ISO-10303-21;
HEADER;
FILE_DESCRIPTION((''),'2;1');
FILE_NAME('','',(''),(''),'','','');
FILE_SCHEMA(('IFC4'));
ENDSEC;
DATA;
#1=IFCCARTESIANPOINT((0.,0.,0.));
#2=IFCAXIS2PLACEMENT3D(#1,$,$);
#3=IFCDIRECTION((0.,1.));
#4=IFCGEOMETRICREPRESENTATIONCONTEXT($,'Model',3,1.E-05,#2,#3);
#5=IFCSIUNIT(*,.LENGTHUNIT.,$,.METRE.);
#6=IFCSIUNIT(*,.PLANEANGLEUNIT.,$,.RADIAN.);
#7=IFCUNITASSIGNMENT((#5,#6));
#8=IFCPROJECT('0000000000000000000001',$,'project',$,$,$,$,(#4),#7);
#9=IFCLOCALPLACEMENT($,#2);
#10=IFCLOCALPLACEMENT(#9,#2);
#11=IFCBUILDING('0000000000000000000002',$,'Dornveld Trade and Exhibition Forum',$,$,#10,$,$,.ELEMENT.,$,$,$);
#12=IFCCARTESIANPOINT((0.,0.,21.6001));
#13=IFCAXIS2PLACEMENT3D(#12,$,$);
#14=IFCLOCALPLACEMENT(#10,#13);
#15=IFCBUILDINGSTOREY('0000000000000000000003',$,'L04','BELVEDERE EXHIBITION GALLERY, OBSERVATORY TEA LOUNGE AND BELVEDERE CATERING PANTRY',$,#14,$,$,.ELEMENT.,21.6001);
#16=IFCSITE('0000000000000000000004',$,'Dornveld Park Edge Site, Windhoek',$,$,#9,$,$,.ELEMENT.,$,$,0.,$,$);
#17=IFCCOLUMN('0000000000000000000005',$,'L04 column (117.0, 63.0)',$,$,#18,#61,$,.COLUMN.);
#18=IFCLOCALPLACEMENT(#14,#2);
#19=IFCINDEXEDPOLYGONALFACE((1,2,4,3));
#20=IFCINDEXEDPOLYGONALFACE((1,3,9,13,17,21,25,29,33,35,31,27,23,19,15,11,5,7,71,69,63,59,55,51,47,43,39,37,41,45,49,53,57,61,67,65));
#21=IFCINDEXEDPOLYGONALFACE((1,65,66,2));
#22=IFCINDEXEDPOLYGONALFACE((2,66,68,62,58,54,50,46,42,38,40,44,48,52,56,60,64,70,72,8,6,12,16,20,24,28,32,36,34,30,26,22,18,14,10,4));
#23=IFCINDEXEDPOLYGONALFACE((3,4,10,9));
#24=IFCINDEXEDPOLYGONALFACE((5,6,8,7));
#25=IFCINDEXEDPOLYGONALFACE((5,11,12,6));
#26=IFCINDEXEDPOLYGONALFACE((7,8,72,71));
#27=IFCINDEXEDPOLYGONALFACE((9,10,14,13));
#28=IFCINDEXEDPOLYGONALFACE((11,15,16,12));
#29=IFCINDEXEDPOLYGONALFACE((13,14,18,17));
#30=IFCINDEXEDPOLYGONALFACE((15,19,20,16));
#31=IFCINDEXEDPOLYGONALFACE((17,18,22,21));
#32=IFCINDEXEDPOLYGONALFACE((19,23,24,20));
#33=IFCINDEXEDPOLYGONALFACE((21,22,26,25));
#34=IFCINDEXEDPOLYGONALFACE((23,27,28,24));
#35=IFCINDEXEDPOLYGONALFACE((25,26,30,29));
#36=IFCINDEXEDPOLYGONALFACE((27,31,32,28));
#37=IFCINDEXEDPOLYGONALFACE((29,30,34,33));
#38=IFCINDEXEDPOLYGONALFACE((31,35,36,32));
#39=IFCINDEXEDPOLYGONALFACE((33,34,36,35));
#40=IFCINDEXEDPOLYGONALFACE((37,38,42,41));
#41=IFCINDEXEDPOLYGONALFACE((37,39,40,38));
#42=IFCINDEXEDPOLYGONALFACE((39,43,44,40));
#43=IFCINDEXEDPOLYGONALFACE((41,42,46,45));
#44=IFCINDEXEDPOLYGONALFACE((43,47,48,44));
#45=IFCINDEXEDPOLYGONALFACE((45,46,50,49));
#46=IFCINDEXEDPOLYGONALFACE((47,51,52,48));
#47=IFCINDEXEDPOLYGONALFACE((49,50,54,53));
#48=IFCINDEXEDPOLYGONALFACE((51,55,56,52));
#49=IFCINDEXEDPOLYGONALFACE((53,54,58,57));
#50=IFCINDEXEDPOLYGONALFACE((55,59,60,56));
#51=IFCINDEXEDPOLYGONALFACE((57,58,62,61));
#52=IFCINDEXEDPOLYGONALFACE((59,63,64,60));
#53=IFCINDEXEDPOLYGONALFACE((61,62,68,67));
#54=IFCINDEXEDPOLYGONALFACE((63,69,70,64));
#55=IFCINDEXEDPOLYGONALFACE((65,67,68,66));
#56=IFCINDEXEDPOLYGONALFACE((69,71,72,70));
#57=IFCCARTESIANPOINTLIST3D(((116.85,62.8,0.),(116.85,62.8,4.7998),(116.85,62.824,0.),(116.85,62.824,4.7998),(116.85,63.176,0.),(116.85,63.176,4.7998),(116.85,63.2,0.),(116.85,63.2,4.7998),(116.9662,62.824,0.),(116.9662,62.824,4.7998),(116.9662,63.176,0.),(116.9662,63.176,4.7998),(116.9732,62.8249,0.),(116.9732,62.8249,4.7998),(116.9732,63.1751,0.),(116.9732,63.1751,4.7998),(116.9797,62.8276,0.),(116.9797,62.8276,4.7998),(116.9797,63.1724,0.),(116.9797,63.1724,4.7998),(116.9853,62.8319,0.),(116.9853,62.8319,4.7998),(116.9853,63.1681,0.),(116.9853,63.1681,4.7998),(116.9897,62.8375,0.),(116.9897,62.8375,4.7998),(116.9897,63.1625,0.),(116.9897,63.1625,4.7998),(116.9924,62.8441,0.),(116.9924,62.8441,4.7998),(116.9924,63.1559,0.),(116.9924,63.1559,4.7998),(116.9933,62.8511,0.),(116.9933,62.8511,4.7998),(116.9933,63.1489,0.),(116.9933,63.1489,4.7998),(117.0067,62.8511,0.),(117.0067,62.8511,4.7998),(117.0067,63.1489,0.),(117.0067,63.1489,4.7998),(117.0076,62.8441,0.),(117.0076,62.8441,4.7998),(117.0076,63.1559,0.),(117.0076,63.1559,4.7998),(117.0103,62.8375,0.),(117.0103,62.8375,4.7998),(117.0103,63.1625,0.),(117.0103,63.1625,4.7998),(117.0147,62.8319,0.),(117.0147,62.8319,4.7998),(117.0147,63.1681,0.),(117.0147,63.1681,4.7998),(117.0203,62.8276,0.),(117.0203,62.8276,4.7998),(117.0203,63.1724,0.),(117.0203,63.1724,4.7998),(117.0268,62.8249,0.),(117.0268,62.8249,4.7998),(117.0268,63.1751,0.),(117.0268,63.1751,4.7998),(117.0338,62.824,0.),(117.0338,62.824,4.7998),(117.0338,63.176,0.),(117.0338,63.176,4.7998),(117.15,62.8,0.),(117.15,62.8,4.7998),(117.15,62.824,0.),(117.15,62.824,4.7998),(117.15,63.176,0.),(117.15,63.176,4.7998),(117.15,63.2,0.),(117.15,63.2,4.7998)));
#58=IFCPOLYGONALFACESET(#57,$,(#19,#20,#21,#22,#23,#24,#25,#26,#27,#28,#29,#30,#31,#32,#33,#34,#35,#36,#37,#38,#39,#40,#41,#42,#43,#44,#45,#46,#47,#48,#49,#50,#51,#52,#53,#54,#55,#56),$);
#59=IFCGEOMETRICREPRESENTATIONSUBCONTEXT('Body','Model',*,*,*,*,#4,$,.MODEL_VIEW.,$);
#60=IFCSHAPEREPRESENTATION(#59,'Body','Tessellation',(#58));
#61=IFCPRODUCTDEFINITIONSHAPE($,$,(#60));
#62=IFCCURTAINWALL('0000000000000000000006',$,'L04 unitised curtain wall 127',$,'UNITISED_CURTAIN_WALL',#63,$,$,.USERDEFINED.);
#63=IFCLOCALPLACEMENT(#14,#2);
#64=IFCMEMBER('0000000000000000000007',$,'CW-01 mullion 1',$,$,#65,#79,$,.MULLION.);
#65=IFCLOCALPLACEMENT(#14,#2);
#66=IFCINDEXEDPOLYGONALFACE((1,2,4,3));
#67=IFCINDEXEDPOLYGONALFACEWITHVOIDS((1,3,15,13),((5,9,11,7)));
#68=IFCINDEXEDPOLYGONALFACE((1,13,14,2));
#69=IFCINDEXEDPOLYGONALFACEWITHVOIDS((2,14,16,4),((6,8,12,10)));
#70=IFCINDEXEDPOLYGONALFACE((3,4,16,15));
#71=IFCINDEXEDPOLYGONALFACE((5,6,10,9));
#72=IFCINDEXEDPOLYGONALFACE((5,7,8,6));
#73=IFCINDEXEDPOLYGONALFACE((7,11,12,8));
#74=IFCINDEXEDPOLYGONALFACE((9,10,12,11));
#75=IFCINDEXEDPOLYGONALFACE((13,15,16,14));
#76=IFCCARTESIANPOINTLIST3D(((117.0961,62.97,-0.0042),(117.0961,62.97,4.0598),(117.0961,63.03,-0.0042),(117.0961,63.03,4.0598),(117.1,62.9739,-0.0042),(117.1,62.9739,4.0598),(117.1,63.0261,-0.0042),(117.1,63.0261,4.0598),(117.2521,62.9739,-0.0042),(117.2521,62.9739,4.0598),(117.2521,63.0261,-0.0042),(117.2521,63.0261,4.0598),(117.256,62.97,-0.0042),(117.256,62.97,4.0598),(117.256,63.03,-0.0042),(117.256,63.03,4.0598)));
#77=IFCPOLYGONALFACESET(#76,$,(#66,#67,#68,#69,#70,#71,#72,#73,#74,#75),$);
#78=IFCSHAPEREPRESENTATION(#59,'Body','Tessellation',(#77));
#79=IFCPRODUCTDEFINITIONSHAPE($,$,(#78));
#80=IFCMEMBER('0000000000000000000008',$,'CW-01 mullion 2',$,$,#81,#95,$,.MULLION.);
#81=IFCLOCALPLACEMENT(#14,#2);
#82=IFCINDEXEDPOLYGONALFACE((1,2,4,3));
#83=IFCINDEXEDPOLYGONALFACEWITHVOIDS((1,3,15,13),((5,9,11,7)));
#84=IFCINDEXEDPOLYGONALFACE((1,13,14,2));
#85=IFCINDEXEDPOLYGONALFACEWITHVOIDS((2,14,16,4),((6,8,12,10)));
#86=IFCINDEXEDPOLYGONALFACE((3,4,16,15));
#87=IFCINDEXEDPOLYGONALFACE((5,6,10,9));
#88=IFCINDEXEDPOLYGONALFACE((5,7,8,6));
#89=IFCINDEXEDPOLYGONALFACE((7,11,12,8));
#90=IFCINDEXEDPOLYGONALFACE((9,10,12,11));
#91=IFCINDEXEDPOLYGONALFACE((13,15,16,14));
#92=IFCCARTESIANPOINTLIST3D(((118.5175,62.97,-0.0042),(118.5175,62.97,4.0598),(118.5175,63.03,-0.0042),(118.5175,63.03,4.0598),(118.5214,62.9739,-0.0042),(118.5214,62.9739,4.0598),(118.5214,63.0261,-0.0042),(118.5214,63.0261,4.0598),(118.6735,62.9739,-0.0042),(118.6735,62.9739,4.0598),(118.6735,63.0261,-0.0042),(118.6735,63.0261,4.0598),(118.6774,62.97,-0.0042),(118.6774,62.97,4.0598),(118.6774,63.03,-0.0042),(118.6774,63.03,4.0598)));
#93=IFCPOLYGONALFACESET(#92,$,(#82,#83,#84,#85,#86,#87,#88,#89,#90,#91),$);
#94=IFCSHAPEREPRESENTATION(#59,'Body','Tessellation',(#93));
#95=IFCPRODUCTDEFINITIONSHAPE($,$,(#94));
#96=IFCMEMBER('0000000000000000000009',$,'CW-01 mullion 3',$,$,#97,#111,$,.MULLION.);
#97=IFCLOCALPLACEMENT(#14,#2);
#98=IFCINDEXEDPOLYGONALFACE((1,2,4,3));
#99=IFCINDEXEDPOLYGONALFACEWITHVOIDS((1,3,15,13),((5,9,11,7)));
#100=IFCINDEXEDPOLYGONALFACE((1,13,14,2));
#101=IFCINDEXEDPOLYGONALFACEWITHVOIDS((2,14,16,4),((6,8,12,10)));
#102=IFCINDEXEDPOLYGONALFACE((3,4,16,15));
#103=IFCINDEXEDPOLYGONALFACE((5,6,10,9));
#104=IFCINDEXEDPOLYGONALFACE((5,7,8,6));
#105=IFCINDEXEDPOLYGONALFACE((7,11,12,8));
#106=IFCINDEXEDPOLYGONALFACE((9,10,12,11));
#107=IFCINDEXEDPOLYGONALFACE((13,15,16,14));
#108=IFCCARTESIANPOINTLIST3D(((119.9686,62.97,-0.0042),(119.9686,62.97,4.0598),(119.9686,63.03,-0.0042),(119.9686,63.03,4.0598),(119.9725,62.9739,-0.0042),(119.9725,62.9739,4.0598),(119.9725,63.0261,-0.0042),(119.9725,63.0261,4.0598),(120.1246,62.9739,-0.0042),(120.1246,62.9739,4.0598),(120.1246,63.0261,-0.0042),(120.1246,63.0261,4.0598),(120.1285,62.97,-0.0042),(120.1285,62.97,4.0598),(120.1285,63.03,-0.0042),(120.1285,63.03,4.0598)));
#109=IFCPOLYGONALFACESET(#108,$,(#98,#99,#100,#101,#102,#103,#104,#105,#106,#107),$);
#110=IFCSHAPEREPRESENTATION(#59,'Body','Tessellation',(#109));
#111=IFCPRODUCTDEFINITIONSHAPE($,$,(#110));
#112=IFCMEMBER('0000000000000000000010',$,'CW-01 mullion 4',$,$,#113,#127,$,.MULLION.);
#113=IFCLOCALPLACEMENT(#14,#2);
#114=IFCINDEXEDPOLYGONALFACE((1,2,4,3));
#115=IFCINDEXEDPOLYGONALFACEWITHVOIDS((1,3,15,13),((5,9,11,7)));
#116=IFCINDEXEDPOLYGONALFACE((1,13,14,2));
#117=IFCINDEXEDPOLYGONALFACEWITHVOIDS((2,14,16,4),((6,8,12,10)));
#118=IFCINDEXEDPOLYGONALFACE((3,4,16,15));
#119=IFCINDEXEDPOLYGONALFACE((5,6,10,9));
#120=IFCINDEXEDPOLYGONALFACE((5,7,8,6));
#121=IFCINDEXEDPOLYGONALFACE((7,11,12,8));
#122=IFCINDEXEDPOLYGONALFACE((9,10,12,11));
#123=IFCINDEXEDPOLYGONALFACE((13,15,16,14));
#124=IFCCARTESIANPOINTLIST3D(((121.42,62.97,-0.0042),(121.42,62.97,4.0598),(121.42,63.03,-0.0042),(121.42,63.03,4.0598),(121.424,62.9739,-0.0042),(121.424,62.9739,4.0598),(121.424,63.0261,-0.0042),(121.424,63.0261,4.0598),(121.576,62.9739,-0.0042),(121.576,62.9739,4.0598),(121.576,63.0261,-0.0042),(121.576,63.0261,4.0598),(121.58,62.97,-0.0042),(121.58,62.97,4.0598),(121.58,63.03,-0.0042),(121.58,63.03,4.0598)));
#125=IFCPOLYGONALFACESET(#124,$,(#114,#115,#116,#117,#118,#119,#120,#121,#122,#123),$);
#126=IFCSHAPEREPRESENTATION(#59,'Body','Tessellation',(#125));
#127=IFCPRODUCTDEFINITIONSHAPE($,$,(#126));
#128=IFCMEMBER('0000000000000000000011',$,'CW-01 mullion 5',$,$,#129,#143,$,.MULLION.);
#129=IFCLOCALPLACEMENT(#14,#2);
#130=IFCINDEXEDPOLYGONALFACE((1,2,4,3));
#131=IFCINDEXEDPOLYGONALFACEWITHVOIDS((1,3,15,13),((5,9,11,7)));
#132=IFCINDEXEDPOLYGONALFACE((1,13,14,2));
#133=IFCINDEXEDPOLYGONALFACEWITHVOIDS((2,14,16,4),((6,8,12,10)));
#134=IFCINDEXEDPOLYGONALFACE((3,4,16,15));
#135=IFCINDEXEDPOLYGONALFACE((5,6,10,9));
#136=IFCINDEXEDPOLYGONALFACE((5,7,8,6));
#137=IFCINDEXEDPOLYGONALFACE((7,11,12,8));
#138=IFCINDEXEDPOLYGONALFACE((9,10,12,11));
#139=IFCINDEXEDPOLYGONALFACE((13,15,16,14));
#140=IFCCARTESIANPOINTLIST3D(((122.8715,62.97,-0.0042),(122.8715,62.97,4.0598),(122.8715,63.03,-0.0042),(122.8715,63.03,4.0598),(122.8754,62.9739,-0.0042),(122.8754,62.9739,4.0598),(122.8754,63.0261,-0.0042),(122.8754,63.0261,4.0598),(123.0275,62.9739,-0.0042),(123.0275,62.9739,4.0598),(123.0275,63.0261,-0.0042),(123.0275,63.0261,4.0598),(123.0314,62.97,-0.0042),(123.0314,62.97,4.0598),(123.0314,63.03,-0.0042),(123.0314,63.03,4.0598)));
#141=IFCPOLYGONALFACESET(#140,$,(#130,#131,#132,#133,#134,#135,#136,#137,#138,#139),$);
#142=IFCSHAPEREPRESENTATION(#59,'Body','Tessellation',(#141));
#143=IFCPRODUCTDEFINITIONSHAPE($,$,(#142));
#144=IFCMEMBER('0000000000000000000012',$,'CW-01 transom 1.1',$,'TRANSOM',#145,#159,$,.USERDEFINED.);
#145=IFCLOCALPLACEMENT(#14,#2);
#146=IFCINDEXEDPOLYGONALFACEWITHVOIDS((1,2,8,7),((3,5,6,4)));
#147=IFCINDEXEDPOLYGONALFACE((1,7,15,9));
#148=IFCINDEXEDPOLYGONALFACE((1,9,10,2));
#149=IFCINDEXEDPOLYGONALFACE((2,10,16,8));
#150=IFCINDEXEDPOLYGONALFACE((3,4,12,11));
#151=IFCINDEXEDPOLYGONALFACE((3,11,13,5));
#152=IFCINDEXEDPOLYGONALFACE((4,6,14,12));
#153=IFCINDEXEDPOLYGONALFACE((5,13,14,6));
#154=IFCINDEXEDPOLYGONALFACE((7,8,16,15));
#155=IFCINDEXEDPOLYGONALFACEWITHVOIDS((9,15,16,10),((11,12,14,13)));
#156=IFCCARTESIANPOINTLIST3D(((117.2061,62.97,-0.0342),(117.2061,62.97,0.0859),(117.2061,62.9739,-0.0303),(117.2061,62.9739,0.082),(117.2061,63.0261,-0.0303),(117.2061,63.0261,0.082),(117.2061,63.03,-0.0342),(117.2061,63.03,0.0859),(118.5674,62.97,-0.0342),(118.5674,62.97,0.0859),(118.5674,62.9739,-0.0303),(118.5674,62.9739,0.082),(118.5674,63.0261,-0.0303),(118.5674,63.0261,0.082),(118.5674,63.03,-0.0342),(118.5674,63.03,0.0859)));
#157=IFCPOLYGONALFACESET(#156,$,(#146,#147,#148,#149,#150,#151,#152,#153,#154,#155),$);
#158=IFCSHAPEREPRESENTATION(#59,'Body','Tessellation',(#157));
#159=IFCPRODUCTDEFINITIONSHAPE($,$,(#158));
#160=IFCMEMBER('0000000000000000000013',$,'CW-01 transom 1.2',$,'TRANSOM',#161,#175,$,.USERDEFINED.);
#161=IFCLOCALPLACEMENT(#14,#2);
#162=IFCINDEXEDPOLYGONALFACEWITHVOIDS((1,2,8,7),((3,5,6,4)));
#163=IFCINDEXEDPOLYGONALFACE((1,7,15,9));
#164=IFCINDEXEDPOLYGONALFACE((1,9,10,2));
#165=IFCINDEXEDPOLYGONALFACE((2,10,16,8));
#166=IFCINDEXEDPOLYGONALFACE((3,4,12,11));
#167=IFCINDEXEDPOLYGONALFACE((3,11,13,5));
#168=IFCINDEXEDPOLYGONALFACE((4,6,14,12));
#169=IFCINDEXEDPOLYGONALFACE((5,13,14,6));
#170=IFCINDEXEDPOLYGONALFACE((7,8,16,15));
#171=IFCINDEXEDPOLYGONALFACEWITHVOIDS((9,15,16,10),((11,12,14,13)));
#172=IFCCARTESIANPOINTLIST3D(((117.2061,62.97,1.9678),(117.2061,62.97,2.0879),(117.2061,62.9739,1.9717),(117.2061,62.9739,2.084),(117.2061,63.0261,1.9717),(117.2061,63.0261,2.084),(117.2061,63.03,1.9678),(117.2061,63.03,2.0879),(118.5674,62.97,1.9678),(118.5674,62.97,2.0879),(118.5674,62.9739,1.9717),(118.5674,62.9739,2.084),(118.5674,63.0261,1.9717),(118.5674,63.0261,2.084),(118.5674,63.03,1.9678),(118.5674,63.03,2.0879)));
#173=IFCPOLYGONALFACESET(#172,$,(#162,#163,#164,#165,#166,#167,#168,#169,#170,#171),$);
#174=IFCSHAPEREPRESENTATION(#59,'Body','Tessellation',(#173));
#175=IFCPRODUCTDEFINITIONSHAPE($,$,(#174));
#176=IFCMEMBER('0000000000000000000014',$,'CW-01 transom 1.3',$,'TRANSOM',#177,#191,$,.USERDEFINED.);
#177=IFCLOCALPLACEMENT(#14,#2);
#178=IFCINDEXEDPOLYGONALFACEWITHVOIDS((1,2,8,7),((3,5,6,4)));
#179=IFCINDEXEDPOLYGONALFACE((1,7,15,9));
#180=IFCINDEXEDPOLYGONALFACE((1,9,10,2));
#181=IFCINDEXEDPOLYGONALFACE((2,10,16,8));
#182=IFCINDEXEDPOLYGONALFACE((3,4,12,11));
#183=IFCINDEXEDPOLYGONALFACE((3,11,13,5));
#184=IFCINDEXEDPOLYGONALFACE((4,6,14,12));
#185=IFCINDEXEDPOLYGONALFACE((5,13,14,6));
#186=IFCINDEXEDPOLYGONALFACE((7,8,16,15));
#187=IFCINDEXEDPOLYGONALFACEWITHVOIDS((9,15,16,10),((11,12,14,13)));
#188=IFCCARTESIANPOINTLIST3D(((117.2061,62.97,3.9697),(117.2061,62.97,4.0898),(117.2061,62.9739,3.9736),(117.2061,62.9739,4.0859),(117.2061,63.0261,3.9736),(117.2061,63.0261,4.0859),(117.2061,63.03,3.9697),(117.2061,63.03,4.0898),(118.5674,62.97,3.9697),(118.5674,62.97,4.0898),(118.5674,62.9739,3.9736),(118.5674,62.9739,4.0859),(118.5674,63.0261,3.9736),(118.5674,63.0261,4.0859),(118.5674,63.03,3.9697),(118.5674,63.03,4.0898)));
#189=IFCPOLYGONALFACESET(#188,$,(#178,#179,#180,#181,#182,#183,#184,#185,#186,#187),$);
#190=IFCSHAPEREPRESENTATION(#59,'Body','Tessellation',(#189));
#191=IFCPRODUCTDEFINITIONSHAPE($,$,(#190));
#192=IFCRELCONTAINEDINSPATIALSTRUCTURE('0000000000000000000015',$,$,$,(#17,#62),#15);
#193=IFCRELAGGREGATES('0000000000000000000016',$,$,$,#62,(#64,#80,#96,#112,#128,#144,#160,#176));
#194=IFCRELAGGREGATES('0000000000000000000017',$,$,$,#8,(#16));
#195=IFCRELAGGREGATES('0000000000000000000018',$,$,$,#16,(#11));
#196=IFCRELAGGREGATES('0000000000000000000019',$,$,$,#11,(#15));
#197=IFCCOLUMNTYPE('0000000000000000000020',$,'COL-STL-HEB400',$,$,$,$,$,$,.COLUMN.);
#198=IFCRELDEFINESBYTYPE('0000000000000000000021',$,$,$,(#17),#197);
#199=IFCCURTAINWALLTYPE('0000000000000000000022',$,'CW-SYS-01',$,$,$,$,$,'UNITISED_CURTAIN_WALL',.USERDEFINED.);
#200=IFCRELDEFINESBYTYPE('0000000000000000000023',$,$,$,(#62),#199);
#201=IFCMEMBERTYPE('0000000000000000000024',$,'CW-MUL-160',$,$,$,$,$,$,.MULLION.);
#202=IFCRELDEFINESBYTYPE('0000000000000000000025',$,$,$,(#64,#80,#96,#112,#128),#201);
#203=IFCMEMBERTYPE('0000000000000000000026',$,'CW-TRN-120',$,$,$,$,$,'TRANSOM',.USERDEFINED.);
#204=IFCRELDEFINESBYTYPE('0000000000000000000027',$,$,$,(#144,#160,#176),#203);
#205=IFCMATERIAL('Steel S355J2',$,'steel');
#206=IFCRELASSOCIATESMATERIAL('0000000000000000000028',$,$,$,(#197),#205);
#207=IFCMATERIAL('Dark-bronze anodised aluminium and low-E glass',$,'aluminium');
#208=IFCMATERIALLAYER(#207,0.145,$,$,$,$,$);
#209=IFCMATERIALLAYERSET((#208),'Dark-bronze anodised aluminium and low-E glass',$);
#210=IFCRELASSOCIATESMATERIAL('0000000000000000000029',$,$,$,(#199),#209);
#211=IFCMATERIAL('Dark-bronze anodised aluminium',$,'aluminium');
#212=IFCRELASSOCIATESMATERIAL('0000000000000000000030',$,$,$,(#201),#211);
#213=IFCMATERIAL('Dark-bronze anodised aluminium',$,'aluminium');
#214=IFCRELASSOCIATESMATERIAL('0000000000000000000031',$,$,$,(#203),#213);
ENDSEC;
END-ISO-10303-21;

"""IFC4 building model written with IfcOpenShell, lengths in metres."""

from ifc_helpers import new_model, si_unit, direction, frame, origin, origin_2d, place, context, subcontext, project, spatial, hollow_rectangle, i_section, extrude, material, layer, layer_set, material_profile, profile_set, type_object, element, aggregate, save


model = new_model("IFC4")

# Units and contexts
model_context = context("Model", 3, precision=1e-05, world=origin(), true_north=direction((0.0, 1.0)))
body_context = subcontext(model_context, "Body", "Model", "MODEL_VIEW")
ifc_project = project(units=[si_unit("LENGTHUNIT", "METRE"), si_unit("PLANEANGLEUNIT", "RADIAN")], contexts=[model_context])

# Site, building, storey
site_placement = place(None, origin())
site = spatial("IfcSite", under=ifc_project, at=site_placement, Name="Dornveld Park Edge Site, Windhoek", CompositionType="ELEMENT", RefElevation=0.0)
building_placement = place(site_placement, origin())
building = spatial("IfcBuilding", under=site, at=building_placement, Name="Dornveld Trade and Exhibition Forum", CompositionType="ELEMENT")
storey_placement = place(building_placement, frame((0.0, 0.0, 21.6001)))
storey = spatial("IfcBuildingStorey", under=building, at=storey_placement, Name="L04", Description="BELVEDERE EXHIBITION GALLERY, OBSERVATORY TEA LOUNGE AND BELVEDERE CATERING PANTRY", CompositionType="ELEMENT", Elevation=21.6001)

# Column
ifc_material_1 = material(Name="Steel S355J2", Category="steel")
ifc_material_profile_1 = material_profile(ifc_material_1, i_section(OverallWidth=0.3, OverallDepth=0.3999, WebThickness=0.0134, FlangeThickness=0.0239, FilletRadius=0.0271, at=origin_2d()), Name="HEB 400")
ifc_profile_set_1 = profile_set([ifc_material_profile_1], Name="Steel S355J2")
column_type = type_object("IfcColumnType", Name="COL-STL-HEB400", PredefinedType="COLUMN", material=ifc_profile_set_1)
column_placement = place(storey_placement, frame((117.0, 63.0, 0.0), z_axis=(0.0, 0.0, 1.0), x_axis=(1.0, 0.0, 0.0)))
element("IfcColumn", 1, at=column_placement, inside=storey, type_object=column_type, Name="L04 column (117.0, 63.0)", PredefinedType="COLUMN", context=body_context, shape_type="SweptSolid", body=[
    extrude(i_section(OverallWidth=0.3, OverallDepth=0.3999, WebThickness=0.0134, FlangeThickness=0.0239, FilletRadius=0.0271, at=origin_2d()), origin(), (0.0, 0.0, 1.0), 4.7998),
])

# Curtain wall, members
ifc_material_2 = material(Name="Dark-bronze anodised aluminium and low-E glass", Category="aluminium")
ifc_layer_1 = layer(ifc_material_2, 0.145)
ifc_layer_set_1 = layer_set([ifc_layer_1], Name="Dark-bronze anodised aluminium and low-E glass")
curtain_wall_type = type_object("IfcCurtainWallType", Name="CW-SYS-01", ElementType="UNITISED_CURTAIN_WALL", PredefinedType="USERDEFINED", material=ifc_layer_set_1)
curtain_wall_placement = place(storey_placement, origin())
curtain_wall = element("IfcCurtainWall", 2, at=curtain_wall_placement, inside=storey, type_object=curtain_wall_type, Name="L04 unitised curtain wall 127", ObjectType="UNITISED_CURTAIN_WALL", PredefinedType="USERDEFINED")
ifc_material_3 = material(Name="Dark-bronze anodised aluminium", Category="aluminium")
ifc_material_profile_2 = material_profile(ifc_material_3, hollow_rectangle(XDim=0.0601, YDim=0.1599, WallThickness=0.0039, at=origin_2d()), Name="RHS 160x60x4")
ifc_profile_set_2 = profile_set([ifc_material_profile_2], Name="Dark-bronze anodised aluminium")
member_type_1 = type_object("IfcMemberType", Name="CW-MUL-160", PredefinedType="MULLION", material=ifc_profile_set_2)
member_1_placement = place(storey_placement, frame((117.176, 63.0, -0.0042), z_axis=(0.0, 0.0, 1.0), x_axis=(0.0, 1.0, 0.0)))
member_1 = element("IfcMember", 3, at=member_1_placement, type_object=member_type_1, Name="CW-01 mullion 1", PredefinedType="MULLION", context=body_context, shape_type="SweptSolid", body=[
    extrude(hollow_rectangle(XDim=0.0601, YDim=0.1599, WallThickness=0.0039, at=origin_2d()), origin(), (0.0, 0.0, 1.0), 4.064),
])
member_2_placement = place(storey_placement, frame((118.5974, 63.0, -0.0042), z_axis=(0.0, 0.0, 1.0), x_axis=(0.0, 1.0, 0.0)))
member_2 = element("IfcMember", 4, at=member_2_placement, type_object=member_type_1, Name="CW-01 mullion 2", PredefinedType="MULLION", context=body_context, shape_type="SweptSolid", body=[
    extrude(hollow_rectangle(XDim=0.0601, YDim=0.1599, WallThickness=0.0039, at=origin_2d()), origin(), (0.0, 0.0, 1.0), 4.064),
])
member_3_placement = place(storey_placement, frame((120.0486, 63.0, -0.0042), z_axis=(0.0, 0.0, 1.0), x_axis=(0.0, 1.0, 0.0)))
member_3 = element("IfcMember", 5, at=member_3_placement, type_object=member_type_1, Name="CW-01 mullion 3", PredefinedType="MULLION", context=body_context, shape_type="SweptSolid", body=[
    extrude(hollow_rectangle(XDim=0.0601, YDim=0.1599, WallThickness=0.0039, at=origin_2d()), origin(), (0.0, 0.0, 1.0), 4.064),
])
member_4_placement = place(storey_placement, frame((121.5, 63.0, -0.0042), z_axis=(0.0, 0.0, 1.0), x_axis=(0.0, 1.0, 0.0)))
member_4 = element("IfcMember", 6, at=member_4_placement, type_object=member_type_1, Name="CW-01 mullion 4", PredefinedType="MULLION", context=body_context, shape_type="SweptSolid", body=[
    extrude(hollow_rectangle(XDim=0.0601, YDim=0.1599, WallThickness=0.0039, at=origin_2d()), origin(), (0.0, 0.0, 1.0), 4.064),
])
member_5_placement = place(storey_placement, frame((122.9514, 63.0, -0.0042), z_axis=(0.0, 0.0, 1.0), x_axis=(0.0, 1.0, 0.0)))
member_5 = element("IfcMember", 7, at=member_5_placement, type_object=member_type_1, Name="CW-01 mullion 5", PredefinedType="MULLION", context=body_context, shape_type="SweptSolid", body=[
    extrude(hollow_rectangle(XDim=0.0601, YDim=0.1599, WallThickness=0.0039, at=origin_2d()), origin(), (0.0, 0.0, 1.0), 4.064),
])
ifc_material_4 = material(Name="Dark-bronze anodised aluminium", Category="aluminium")
ifc_material_profile_3 = material_profile(ifc_material_4, hollow_rectangle(XDim=0.0601, YDim=0.1201, WallThickness=0.0039, at=origin_2d()), Name="RHS 120x60x4")
ifc_profile_set_3 = profile_set([ifc_material_profile_3], Name="Dark-bronze anodised aluminium")
member_type_2 = type_object("IfcMemberType", Name="CW-TRN-120", ElementType="TRANSOM", PredefinedType="USERDEFINED", material=ifc_profile_set_3)
member_6_placement = place(storey_placement, frame((117.2061, 63.0, 0.0259), z_axis=(1.0, 0.0, 0.0), x_axis=(0.0, 1.0, 0.0)))
member_6 = element("IfcMember", 8, at=member_6_placement, type_object=member_type_2, Name="CW-01 transom 1.1", ObjectType="TRANSOM", PredefinedType="USERDEFINED", context=body_context, shape_type="SweptSolid", body=[
    extrude(hollow_rectangle(XDim=0.0601, YDim=0.1201, WallThickness=0.0039, at=origin_2d()), origin(), (0.0, 0.0, 1.0), 1.3613),
])
member_7_placement = place(storey_placement, frame((117.2061, 63.0, 2.0278), z_axis=(1.0, 0.0, 0.0), x_axis=(0.0, 1.0, 0.0)))
member_7 = element("IfcMember", 9, at=member_7_placement, type_object=member_type_2, Name="CW-01 transom 1.2", ObjectType="TRANSOM", PredefinedType="USERDEFINED", context=body_context, shape_type="SweptSolid", body=[
    extrude(hollow_rectangle(XDim=0.0601, YDim=0.1201, WallThickness=0.0039, at=origin_2d()), origin(), (0.0, 0.0, 1.0), 1.3613),
])
member_8_placement = place(storey_placement, frame((117.2061, 63.0, 4.0298), z_axis=(1.0, 0.0, 0.0), x_axis=(0.0, 1.0, 0.0)))
member_8 = element("IfcMember", 10, at=member_8_placement, type_object=member_type_2, Name="CW-01 transom 1.3", ObjectType="TRANSOM", PredefinedType="USERDEFINED", context=body_context, shape_type="SweptSolid", body=[
    extrude(hollow_rectangle(XDim=0.0601, YDim=0.1201, WallThickness=0.0039, at=origin_2d()), origin(), (0.0, 0.0, 1.0), 1.3613),
])
aggregate(curtain_wall, [member_1, member_2, member_3, member_4, member_5, member_6, member_7, member_8])

save(model, "model.ifc")
